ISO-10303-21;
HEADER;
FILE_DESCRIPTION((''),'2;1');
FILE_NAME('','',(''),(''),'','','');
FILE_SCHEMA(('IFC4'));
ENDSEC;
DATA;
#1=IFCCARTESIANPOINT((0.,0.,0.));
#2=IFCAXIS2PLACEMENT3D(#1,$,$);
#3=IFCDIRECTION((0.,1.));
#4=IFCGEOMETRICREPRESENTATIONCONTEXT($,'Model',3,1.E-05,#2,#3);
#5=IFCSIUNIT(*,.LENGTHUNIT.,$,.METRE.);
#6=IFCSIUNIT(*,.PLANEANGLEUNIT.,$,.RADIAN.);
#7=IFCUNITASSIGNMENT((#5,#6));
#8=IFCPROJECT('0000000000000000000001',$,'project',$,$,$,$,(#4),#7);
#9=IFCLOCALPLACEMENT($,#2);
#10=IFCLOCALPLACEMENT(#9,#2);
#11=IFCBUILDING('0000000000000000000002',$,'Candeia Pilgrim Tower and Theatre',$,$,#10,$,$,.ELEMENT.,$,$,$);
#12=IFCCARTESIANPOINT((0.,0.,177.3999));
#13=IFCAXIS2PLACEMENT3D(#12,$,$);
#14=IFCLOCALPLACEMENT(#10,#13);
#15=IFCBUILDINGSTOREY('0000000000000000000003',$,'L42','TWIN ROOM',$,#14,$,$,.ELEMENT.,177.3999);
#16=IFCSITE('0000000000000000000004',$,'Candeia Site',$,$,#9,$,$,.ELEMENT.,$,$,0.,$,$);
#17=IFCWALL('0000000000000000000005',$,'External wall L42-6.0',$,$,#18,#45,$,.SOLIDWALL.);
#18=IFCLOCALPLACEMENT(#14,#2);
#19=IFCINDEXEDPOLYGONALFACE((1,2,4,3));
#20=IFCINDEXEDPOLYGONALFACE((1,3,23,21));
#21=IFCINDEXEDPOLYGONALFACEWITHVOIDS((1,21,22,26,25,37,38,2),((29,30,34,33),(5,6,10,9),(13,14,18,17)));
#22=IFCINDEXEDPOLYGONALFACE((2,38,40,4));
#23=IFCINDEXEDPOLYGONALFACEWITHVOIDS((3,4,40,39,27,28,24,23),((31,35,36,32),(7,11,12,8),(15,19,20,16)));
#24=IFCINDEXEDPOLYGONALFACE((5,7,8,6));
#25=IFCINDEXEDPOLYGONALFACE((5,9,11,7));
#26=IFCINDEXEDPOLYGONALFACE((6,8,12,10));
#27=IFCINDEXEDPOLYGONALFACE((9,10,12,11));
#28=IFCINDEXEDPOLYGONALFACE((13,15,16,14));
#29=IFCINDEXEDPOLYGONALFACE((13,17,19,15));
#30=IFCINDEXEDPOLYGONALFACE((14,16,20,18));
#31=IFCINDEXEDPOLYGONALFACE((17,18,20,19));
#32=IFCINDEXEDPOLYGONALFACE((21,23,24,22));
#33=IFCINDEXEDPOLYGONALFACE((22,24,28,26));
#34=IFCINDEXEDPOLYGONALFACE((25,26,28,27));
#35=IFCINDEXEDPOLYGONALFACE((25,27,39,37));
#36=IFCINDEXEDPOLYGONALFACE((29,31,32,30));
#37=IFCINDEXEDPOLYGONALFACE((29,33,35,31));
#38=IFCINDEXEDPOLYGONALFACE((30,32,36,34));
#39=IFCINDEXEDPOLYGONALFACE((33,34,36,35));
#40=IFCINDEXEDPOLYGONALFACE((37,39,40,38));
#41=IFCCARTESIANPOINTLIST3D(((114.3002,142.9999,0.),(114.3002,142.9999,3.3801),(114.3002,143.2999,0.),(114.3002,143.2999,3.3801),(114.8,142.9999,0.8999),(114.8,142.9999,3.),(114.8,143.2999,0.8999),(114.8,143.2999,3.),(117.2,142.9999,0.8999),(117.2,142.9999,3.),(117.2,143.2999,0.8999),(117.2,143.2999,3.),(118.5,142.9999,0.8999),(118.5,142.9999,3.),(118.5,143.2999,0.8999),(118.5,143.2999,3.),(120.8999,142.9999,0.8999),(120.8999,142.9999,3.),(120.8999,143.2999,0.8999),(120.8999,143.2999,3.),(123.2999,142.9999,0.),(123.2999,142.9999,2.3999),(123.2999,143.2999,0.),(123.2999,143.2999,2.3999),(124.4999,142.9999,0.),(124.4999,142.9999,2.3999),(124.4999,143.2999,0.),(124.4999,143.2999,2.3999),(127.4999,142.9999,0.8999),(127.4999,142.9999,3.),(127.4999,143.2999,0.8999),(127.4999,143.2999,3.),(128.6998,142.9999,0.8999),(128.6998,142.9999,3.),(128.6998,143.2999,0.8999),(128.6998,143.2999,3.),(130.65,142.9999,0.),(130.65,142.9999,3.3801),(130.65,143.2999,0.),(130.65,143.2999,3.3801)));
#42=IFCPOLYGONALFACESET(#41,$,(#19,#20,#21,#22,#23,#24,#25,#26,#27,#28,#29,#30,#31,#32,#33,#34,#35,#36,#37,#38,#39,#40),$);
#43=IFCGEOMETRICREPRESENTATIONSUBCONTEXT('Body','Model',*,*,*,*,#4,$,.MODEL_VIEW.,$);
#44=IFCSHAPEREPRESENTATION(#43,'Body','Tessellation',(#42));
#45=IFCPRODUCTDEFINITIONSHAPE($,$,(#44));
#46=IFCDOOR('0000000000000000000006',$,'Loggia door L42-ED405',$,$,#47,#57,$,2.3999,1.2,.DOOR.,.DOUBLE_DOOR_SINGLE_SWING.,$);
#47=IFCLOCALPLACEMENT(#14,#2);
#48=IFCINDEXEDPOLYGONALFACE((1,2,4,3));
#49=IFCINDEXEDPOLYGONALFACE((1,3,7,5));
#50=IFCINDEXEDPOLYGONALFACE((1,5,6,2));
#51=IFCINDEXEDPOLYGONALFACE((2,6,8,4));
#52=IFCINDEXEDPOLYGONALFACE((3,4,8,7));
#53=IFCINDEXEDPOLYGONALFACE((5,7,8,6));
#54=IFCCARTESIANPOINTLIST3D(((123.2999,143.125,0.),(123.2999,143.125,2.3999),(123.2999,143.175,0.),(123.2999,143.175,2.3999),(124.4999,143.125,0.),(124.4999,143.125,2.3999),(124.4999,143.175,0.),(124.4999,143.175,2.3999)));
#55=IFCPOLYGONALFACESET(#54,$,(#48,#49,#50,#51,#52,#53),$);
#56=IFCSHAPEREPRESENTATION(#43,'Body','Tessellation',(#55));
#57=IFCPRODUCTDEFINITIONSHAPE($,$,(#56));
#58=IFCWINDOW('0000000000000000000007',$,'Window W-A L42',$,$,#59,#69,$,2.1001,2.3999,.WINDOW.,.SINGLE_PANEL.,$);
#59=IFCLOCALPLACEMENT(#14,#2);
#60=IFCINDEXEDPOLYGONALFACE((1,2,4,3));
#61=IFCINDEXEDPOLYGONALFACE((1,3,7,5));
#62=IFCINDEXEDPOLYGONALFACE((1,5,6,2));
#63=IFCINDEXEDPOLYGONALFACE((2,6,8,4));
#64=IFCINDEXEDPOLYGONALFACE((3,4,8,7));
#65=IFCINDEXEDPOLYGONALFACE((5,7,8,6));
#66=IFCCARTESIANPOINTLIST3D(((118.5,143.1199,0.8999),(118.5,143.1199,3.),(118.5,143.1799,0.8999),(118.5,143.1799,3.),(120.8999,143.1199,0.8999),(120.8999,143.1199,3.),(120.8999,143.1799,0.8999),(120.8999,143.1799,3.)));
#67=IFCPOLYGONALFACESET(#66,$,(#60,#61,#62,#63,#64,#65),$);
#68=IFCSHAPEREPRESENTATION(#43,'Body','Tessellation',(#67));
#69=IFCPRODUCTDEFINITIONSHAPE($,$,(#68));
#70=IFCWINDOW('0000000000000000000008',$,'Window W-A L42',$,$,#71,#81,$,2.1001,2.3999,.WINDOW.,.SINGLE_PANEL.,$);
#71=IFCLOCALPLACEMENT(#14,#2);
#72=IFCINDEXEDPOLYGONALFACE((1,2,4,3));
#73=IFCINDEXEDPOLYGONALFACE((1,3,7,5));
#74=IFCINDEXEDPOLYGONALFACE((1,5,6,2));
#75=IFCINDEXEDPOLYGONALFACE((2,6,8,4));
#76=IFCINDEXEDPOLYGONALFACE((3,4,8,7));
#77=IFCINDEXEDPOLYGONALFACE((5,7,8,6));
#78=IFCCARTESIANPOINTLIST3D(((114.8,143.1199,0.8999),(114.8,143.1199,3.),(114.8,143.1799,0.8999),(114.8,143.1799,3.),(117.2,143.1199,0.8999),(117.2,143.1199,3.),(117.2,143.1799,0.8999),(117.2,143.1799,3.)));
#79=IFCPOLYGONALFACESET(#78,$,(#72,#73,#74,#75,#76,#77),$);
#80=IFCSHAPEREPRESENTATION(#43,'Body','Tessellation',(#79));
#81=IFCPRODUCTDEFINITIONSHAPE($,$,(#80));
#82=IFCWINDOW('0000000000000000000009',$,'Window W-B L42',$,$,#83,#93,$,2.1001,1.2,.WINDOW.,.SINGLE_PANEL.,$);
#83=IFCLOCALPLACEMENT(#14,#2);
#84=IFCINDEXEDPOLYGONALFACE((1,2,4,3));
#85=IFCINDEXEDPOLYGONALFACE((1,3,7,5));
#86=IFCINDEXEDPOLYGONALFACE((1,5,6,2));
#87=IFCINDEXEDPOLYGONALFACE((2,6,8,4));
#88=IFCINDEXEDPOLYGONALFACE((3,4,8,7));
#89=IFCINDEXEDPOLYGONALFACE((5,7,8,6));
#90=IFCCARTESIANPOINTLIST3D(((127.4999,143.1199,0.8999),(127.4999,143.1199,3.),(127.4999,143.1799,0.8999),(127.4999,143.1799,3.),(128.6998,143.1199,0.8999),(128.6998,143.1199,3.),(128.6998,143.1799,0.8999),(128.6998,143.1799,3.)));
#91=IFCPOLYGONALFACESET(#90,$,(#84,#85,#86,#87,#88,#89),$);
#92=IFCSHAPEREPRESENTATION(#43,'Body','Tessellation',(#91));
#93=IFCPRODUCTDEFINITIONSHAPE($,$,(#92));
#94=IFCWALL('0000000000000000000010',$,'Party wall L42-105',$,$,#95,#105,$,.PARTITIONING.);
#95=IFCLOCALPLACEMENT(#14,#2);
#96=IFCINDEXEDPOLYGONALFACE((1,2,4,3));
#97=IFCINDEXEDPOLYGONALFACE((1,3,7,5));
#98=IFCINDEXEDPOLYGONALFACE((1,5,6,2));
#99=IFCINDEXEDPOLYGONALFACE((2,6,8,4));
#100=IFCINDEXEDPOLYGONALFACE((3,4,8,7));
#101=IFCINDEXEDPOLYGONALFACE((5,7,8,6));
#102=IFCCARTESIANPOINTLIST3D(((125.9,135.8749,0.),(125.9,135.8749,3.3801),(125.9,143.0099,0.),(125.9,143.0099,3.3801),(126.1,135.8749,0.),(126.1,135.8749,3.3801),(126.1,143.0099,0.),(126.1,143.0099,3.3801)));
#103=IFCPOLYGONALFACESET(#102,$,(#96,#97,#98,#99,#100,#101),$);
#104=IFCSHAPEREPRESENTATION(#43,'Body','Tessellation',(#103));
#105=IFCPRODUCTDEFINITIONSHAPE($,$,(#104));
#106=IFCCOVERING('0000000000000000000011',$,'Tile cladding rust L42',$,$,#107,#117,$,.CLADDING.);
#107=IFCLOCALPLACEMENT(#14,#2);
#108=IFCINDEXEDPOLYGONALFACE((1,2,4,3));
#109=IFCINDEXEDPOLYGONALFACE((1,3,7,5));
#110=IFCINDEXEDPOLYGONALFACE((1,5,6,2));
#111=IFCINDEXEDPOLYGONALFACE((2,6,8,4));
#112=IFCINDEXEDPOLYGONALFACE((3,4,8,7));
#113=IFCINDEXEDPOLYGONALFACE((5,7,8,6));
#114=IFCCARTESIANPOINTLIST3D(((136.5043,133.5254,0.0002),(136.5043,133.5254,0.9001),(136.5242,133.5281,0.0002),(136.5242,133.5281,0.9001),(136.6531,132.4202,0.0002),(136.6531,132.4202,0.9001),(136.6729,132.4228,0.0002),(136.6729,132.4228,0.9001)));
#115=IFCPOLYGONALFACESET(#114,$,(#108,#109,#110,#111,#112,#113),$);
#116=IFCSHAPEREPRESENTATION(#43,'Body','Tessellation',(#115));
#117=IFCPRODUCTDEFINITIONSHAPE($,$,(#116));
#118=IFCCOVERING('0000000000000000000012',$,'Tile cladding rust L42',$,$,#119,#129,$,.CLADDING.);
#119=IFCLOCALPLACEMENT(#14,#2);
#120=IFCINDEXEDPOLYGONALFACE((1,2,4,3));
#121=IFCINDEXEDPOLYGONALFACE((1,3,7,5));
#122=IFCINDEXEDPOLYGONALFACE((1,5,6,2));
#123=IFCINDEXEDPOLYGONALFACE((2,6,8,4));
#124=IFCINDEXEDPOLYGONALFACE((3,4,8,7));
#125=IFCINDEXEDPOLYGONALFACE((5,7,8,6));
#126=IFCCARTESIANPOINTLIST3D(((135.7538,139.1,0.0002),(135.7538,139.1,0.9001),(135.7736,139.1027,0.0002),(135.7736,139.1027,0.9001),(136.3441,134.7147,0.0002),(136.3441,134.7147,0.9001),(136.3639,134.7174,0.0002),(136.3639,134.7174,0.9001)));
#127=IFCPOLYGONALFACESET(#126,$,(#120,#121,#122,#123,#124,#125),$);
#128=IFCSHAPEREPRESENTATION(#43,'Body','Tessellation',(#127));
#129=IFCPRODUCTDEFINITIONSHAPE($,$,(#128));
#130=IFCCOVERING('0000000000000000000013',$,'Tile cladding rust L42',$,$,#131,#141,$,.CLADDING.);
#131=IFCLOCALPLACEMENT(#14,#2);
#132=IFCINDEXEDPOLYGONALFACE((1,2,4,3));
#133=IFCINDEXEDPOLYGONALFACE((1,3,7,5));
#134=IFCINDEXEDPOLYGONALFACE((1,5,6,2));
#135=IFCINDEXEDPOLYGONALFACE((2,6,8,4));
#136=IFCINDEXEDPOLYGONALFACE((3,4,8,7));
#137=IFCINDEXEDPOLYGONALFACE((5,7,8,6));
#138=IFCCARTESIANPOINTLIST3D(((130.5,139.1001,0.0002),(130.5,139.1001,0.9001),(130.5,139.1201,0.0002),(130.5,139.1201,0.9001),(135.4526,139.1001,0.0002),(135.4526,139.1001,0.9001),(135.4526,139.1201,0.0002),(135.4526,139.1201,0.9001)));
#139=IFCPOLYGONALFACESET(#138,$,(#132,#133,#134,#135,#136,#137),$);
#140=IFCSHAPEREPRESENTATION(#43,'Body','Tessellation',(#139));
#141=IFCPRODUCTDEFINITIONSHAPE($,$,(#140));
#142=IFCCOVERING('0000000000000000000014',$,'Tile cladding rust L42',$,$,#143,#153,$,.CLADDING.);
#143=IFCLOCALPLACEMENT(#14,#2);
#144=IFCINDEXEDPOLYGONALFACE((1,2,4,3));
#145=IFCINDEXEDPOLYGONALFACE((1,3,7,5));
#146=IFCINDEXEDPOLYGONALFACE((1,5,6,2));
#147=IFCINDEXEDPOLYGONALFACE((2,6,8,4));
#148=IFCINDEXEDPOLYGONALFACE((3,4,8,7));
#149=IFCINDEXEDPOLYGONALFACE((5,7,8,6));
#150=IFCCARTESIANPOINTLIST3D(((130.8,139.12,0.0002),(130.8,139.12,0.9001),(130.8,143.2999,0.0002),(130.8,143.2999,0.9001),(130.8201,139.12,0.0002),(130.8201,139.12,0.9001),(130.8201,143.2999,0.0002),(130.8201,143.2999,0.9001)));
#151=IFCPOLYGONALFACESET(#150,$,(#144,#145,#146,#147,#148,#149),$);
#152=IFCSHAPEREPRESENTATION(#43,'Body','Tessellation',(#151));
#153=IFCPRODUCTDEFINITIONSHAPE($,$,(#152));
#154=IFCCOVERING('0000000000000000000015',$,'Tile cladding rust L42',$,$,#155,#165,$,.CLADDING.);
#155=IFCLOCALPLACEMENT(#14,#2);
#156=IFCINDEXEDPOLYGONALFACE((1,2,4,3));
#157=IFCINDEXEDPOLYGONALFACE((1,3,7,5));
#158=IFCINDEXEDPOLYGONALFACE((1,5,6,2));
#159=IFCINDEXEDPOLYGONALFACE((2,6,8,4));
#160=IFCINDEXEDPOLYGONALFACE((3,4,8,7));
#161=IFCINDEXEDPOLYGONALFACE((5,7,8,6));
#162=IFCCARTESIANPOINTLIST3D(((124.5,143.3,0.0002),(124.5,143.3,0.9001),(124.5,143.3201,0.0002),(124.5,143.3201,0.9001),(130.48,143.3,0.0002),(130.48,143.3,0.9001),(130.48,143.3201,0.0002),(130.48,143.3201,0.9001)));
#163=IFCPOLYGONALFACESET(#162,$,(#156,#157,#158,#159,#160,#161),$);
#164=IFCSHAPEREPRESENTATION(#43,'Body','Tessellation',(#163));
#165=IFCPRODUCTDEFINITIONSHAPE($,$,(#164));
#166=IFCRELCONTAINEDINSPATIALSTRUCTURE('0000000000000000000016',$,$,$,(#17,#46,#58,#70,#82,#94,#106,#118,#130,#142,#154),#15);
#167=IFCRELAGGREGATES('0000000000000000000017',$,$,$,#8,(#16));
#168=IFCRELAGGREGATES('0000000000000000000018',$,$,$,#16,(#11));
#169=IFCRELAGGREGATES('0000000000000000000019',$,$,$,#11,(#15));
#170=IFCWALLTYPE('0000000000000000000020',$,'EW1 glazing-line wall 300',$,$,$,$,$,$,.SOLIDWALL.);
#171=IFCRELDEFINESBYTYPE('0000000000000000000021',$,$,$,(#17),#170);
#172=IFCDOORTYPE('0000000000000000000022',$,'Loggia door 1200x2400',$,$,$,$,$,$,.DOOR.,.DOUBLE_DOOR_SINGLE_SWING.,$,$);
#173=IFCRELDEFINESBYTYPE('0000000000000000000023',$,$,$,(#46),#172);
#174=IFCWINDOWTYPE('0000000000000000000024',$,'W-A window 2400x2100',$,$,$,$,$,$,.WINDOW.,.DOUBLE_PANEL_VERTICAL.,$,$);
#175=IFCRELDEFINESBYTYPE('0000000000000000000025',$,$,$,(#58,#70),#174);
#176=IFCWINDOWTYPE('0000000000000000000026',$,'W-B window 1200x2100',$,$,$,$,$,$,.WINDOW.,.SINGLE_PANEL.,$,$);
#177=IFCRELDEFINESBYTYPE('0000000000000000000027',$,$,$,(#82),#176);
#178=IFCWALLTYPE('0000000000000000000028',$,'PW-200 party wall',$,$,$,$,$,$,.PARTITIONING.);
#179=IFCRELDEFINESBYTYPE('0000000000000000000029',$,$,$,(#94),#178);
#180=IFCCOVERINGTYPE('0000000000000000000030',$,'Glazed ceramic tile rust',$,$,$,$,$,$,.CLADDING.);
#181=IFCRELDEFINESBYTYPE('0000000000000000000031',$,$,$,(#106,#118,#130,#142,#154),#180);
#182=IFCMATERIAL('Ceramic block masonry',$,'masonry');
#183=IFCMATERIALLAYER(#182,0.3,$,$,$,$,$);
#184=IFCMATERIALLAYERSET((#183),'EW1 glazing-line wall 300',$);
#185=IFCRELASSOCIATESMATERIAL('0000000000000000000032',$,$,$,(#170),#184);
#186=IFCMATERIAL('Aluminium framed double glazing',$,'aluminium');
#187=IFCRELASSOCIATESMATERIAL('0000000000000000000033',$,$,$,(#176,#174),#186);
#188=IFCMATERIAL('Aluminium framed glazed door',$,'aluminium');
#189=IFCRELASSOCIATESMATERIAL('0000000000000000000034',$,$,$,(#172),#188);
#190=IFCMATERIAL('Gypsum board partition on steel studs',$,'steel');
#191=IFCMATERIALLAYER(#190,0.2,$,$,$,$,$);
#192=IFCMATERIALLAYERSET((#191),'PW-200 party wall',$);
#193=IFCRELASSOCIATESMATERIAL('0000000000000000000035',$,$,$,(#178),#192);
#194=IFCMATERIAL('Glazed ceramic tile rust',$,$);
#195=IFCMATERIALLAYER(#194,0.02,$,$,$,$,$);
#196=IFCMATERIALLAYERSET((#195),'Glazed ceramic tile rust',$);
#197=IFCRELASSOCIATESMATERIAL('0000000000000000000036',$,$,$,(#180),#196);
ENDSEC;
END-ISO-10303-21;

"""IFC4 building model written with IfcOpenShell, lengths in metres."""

from ifc_helpers import new_model, si_unit, direction, frame, frame_2d, origin, origin_2d, place, context, subcontext, project, spatial, rectangle, extrude, material, layer, layer_set, type_object, element, fill, save


model = new_model("IFC4")

# Units and contexts
model_context = context("Model", 3, precision=1e-05, world=origin(), true_north=direction((0.0, 1.0)))
body_context = subcontext(model_context, "Body", "Model", "MODEL_VIEW")
ifc_project = project(units=[si_unit("LENGTHUNIT", "METRE"), si_unit("PLANEANGLEUNIT", "RADIAN")], contexts=[model_context])

# Site, building, storey
site_placement = place(None, origin())
site = spatial("IfcSite", under=ifc_project, at=site_placement, Name="Candeia Site", CompositionType="ELEMENT", RefElevation=0.0)
building_placement = place(site_placement, origin())
building = spatial("IfcBuilding", under=site, at=building_placement, Name="Candeia Pilgrim Tower and Theatre", CompositionType="ELEMENT")
storey_placement = place(building_placement, frame((0.0, 0.0, 177.3999)))
storey = spatial("IfcBuildingStorey", under=building, at=storey_placement, Name="L42", Description="TWIN ROOM", CompositionType="ELEMENT", Elevation=177.3999)

# Shared definitions
ifc_material_1 = material(Name="Ceramic block masonry", Category="masonry")
ifc_layer_1 = layer(ifc_material_1, 0.3)
ifc_layer_set_1 = layer_set([ifc_layer_1], Name="EW1 glazing-line wall 300")
wall_type_1 = type_object("IfcWallType", Name="EW1 glazing-line wall 300", PredefinedType="SOLIDWALL", material=ifc_layer_set_1)
ifc_material_2 = material(Name="Aluminium framed double glazing", Category="aluminium")
window_type_1 = type_object("IfcWindowType", Name="W-B window 1200x2100", PartitioningType="SINGLE_PANEL", PredefinedType="WINDOW", material=ifc_material_2)

# Wall, openings, door, windows
wall_1_placement = place(storey_placement, frame((130.6499, 143.1499, 0.0), z_axis=(0.0, 0.0, 1.0), x_axis=(-1.0, 0.0, 0.0)))
wall_1 = element("IfcWall", 1, at=wall_1_placement, inside=storey, type_object=wall_type_1, Name="External wall L42-6.0", PredefinedType="SOLIDWALL", context=body_context, shape_type="SweptSolid", body=[
    extrude(rectangle(XDim=16.3499, YDim=0.3, at=frame_2d((8.1748, 0.0))), origin(), (0.0, 0.0, 1.0), 3.3801),
])
opening_1_placement = place(wall_1_placement, frame((1.95, 0.0, 0.8999)))
opening_1 = element("IfcOpeningElement", 2, at=opening_1_placement, cuts=wall_1, PredefinedType="OPENING", context=body_context, shape_type="SweptSolid", body=[
    extrude(rectangle(XDim=1.2, YDim=2.1001, at=frame_2d((0.6001, 1.05))), frame((0.0, 0.1602, 0.0), z_axis=(0.0, -1.0, 0.0), x_axis=(1.0, 0.0, 0.0)), (0.0, 0.0, 1.0), 0.3201),
])
opening_2_placement = place(wall_1_placement, frame((6.1499, 0.0, 0.0)))
opening_2 = element("IfcOpeningElement", 3, at=opening_2_placement, cuts=wall_1, PredefinedType="OPENING", context=body_context, shape_type="SweptSolid", body=[
    extrude(rectangle(XDim=1.2, YDim=2.3999, at=frame_2d((0.6001, 1.2))), frame((0.0, 0.1602, 0.0), z_axis=(0.0, -1.0, 0.0), x_axis=(1.0, 0.0, 0.0)), (0.0, 0.0, 1.0), 0.3201),
])
opening_3_placement = place(wall_1_placement, frame((9.75, 0.0, 0.8999)))
opening_3 = element("IfcOpeningElement", 4, at=opening_3_placement, cuts=wall_1, PredefinedType="OPENING", context=body_context, shape_type="SweptSolid", body=[
    extrude(rectangle(XDim=2.3999, YDim=2.1001, at=frame_2d((1.2, 1.05))), frame((0.0, 0.1602, 0.0), z_axis=(0.0, -1.0, 0.0), x_axis=(1.0, 0.0, 0.0)), (0.0, 0.0, 1.0), 0.3201),
])
opening_4_placement = place(wall_1_placement, frame((13.45, 0.0, 0.8999)))
opening_4 = element("IfcOpeningElement", 5, at=opening_4_placement, cuts=wall_1, PredefinedType="OPENING", context=body_context, shape_type="SweptSolid", body=[
    extrude(rectangle(XDim=2.3999, YDim=2.1001, at=frame_2d((1.2, 1.05))), frame((0.0, 0.1602, 0.0), z_axis=(0.0, -1.0, 0.0), x_axis=(1.0, 0.0, 0.0)), (0.0, 0.0, 1.0), 0.3201),
])
ifc_material_3 = material(Name="Aluminium framed glazed door", Category="aluminium")
door_type = type_object("IfcDoorType", Name="Loggia door 1200x2400", OperationType="DOUBLE_DOOR_SINGLE_SWING", PredefinedType="DOOR", material=ifc_material_3)
door_placement = place(opening_2_placement, origin())
door = element("IfcDoor", 6, at=door_placement, inside=storey, type_object=door_type, Name="Loggia door L42-ED405", OperationType="DOUBLE_DOOR_SINGLE_SWING", OverallHeight=2.3999, OverallWidth=1.2, PredefinedType="DOOR", context=body_context, shape_type="SweptSolid", body=[
    extrude(rectangle(XDim=1.2, YDim=2.3999, at=frame_2d((0.6001, 1.2))), frame((0.0, 0.0249, 0.0), z_axis=(0.0, -1.0, 0.0), x_axis=(1.0, 0.0, 0.0)), (0.0, 0.0, 1.0), 0.05),
])
fill(opening_2, door)
window_type_2 = type_object("IfcWindowType", Name="W-A window 2400x2100", PartitioningType="DOUBLE_PANEL_VERTICAL", PredefinedType="WINDOW", material=ifc_material_2)
window_1_placement = place(opening_3_placement, origin())
window_1 = element("IfcWindow", 7, at=window_1_placement, inside=storey, type_object=window_type_2, Name="Window W-A L42", OverallHeight=2.1001, OverallWidth=2.3999, PartitioningType="SINGLE_PANEL", PredefinedType="WINDOW", context=body_context, shape_type="SweptSolid", body=[
    extrude(rectangle(XDim=2.3999, YDim=2.1001, at=frame_2d((1.2, 1.05))), frame((0.0, 0.03, 0.0), z_axis=(0.0, -1.0, 0.0), x_axis=(1.0, 0.0, 0.0)), (0.0, 0.0, 1.0), 0.0601),
])
fill(opening_3, window_1)
window_2_placement = place(opening_4_placement, origin())
window_2 = element("IfcWindow", 8, at=window_2_placement, inside=storey, type_object=window_type_2, Name="Window W-A L42", OverallHeight=2.1001, OverallWidth=2.3999, PartitioningType="SINGLE_PANEL", PredefinedType="WINDOW", context=body_context, shape_type="SweptSolid", body=[
    extrude(rectangle(XDim=2.3999, YDim=2.1001, at=frame_2d((1.2, 1.05))), frame((0.0, 0.03, 0.0), z_axis=(0.0, -1.0, 0.0), x_axis=(1.0, 0.0, 0.0)), (0.0, 0.0, 1.0), 0.0601),
])
fill(opening_4, window_2)
window_3_placement = place(opening_1_placement, origin())
window_3 = element("IfcWindow", 9, at=window_3_placement, inside=storey, type_object=window_type_1, Name="Window W-B L42", OverallHeight=2.1001, OverallWidth=1.2, PartitioningType="SINGLE_PANEL", PredefinedType="WINDOW", context=body_context, shape_type="SweptSolid", body=[
    extrude(rectangle(XDim=1.2, YDim=2.1001, at=frame_2d((0.6001, 1.05))), frame((0.0, 0.03, 0.0), z_axis=(0.0, -1.0, 0.0), x_axis=(1.0, 0.0, 0.0)), (0.0, 0.0, 1.0), 0.0601),
])
fill(opening_1, window_3)

# Wall
ifc_material_4 = material(Name="Gypsum board partition on steel studs", Category="steel")
ifc_layer_2 = layer(ifc_material_4, 0.2)
ifc_layer_set_2 = layer_set([ifc_layer_2], Name="PW-200 party wall")
wall_type_2 = type_object("IfcWallType", Name="PW-200 party wall", PredefinedType="PARTITIONING", material=ifc_layer_set_2)
wall_2_placement = place(storey_placement, frame((126.0, 135.875, 0.0), z_axis=(0.0, 0.0, 1.0), x_axis=(0.0, 1.0, 0.0)))
element("IfcWall", 10, at=wall_2_placement, inside=storey, type_object=wall_type_2, Name="Party wall L42-105", PredefinedType="PARTITIONING", context=body_context, shape_type="SweptSolid", body=[
    extrude(rectangle(XDim=7.135, YDim=0.2, at=frame_2d((3.5674, 0.0))), origin(), (0.0, 0.0, 1.0), 3.3801),
])

# Coverings
ifc_material_5 = material(Name="Glazed ceramic tile rust")
ifc_layer_3 = layer(ifc_material_5, 0.02)
ifc_layer_set_3 = layer_set([ifc_layer_3], Name="Glazed ceramic tile rust")
covering_type = type_object("IfcCoveringType", Name="Glazed ceramic tile rust", PredefinedType="CLADDING", material=ifc_layer_set_3)
covering_1_placement = place(storey_placement, frame((136.5886, 132.9741, 0.0002), z_axis=(0.0, 0.0, 1.0), x_axis=(-0.133412, 0.991061, 0.0)))
element("IfcCovering", 11, at=covering_1_placement, inside=storey, type_object=covering_type, Name="Tile cladding rust L42", PredefinedType="CLADDING", context=body_context, shape_type="SweptSolid", body=[
    extrude(rectangle(XDim=1.1152, YDim=0.02, at=origin_2d()), origin(), (0.0, 0.0, 1.0), 0.8999),
])
covering_2_placement = place(storey_placement, frame((136.0588, 136.9087, 0.0002), z_axis=(0.0, 0.0, 1.0), x_axis=(-0.133412, 0.991061, 0.0)))
element("IfcCovering", 12, at=covering_2_placement, inside=storey, type_object=covering_type, Name="Tile cladding rust L42", PredefinedType="CLADDING", context=body_context, shape_type="SweptSolid", body=[
    extrude(rectangle(XDim=4.4248, YDim=0.02, at=origin_2d()), origin(), (0.0, 0.0, 1.0), 0.8999),
])
covering_3_placement = place(storey_placement, frame((132.9763, 139.1101, 0.0002), z_axis=(0.0, 0.0, 1.0), x_axis=(-1.0, 0.0, 0.0)))
element("IfcCovering", 13, at=covering_3_placement, inside=storey, type_object=covering_type, Name="Tile cladding rust L42", PredefinedType="CLADDING", context=body_context, shape_type="SweptSolid", body=[
    extrude(rectangle(XDim=4.9526, YDim=0.02, at=origin_2d()), origin(), (0.0, 0.0, 1.0), 0.8999),
])
covering_4_placement = place(storey_placement, frame((130.8101, 141.21, 0.0002), z_axis=(0.0, 0.0, 1.0), x_axis=(0.0, 1.0, 0.0)))
element("IfcCovering", 14, at=covering_4_placement, inside=storey, type_object=covering_type, Name="Tile cladding rust L42", PredefinedType="CLADDING", context=body_context, shape_type="SweptSolid", body=[
    extrude(rectangle(XDim=4.1799, YDim=0.02, at=origin_2d()), origin(), (0.0, 0.0, 1.0), 0.8999),
])
covering_5_placement = place(storey_placement, frame((127.49, 143.3101, 0.0002), z_axis=(0.0, 0.0, 1.0), x_axis=(-1.0, 0.0, 0.0)))
element("IfcCovering", 15, at=covering_5_placement, inside=storey, type_object=covering_type, Name="Tile cladding rust L42", PredefinedType="CLADDING", context=body_context, shape_type="SweptSolid", body=[
    extrude(rectangle(XDim=5.98, YDim=0.02, at=origin_2d()), origin(), (0.0, 0.0, 1.0), 0.8999),
])

save(model, "model.ifc")
